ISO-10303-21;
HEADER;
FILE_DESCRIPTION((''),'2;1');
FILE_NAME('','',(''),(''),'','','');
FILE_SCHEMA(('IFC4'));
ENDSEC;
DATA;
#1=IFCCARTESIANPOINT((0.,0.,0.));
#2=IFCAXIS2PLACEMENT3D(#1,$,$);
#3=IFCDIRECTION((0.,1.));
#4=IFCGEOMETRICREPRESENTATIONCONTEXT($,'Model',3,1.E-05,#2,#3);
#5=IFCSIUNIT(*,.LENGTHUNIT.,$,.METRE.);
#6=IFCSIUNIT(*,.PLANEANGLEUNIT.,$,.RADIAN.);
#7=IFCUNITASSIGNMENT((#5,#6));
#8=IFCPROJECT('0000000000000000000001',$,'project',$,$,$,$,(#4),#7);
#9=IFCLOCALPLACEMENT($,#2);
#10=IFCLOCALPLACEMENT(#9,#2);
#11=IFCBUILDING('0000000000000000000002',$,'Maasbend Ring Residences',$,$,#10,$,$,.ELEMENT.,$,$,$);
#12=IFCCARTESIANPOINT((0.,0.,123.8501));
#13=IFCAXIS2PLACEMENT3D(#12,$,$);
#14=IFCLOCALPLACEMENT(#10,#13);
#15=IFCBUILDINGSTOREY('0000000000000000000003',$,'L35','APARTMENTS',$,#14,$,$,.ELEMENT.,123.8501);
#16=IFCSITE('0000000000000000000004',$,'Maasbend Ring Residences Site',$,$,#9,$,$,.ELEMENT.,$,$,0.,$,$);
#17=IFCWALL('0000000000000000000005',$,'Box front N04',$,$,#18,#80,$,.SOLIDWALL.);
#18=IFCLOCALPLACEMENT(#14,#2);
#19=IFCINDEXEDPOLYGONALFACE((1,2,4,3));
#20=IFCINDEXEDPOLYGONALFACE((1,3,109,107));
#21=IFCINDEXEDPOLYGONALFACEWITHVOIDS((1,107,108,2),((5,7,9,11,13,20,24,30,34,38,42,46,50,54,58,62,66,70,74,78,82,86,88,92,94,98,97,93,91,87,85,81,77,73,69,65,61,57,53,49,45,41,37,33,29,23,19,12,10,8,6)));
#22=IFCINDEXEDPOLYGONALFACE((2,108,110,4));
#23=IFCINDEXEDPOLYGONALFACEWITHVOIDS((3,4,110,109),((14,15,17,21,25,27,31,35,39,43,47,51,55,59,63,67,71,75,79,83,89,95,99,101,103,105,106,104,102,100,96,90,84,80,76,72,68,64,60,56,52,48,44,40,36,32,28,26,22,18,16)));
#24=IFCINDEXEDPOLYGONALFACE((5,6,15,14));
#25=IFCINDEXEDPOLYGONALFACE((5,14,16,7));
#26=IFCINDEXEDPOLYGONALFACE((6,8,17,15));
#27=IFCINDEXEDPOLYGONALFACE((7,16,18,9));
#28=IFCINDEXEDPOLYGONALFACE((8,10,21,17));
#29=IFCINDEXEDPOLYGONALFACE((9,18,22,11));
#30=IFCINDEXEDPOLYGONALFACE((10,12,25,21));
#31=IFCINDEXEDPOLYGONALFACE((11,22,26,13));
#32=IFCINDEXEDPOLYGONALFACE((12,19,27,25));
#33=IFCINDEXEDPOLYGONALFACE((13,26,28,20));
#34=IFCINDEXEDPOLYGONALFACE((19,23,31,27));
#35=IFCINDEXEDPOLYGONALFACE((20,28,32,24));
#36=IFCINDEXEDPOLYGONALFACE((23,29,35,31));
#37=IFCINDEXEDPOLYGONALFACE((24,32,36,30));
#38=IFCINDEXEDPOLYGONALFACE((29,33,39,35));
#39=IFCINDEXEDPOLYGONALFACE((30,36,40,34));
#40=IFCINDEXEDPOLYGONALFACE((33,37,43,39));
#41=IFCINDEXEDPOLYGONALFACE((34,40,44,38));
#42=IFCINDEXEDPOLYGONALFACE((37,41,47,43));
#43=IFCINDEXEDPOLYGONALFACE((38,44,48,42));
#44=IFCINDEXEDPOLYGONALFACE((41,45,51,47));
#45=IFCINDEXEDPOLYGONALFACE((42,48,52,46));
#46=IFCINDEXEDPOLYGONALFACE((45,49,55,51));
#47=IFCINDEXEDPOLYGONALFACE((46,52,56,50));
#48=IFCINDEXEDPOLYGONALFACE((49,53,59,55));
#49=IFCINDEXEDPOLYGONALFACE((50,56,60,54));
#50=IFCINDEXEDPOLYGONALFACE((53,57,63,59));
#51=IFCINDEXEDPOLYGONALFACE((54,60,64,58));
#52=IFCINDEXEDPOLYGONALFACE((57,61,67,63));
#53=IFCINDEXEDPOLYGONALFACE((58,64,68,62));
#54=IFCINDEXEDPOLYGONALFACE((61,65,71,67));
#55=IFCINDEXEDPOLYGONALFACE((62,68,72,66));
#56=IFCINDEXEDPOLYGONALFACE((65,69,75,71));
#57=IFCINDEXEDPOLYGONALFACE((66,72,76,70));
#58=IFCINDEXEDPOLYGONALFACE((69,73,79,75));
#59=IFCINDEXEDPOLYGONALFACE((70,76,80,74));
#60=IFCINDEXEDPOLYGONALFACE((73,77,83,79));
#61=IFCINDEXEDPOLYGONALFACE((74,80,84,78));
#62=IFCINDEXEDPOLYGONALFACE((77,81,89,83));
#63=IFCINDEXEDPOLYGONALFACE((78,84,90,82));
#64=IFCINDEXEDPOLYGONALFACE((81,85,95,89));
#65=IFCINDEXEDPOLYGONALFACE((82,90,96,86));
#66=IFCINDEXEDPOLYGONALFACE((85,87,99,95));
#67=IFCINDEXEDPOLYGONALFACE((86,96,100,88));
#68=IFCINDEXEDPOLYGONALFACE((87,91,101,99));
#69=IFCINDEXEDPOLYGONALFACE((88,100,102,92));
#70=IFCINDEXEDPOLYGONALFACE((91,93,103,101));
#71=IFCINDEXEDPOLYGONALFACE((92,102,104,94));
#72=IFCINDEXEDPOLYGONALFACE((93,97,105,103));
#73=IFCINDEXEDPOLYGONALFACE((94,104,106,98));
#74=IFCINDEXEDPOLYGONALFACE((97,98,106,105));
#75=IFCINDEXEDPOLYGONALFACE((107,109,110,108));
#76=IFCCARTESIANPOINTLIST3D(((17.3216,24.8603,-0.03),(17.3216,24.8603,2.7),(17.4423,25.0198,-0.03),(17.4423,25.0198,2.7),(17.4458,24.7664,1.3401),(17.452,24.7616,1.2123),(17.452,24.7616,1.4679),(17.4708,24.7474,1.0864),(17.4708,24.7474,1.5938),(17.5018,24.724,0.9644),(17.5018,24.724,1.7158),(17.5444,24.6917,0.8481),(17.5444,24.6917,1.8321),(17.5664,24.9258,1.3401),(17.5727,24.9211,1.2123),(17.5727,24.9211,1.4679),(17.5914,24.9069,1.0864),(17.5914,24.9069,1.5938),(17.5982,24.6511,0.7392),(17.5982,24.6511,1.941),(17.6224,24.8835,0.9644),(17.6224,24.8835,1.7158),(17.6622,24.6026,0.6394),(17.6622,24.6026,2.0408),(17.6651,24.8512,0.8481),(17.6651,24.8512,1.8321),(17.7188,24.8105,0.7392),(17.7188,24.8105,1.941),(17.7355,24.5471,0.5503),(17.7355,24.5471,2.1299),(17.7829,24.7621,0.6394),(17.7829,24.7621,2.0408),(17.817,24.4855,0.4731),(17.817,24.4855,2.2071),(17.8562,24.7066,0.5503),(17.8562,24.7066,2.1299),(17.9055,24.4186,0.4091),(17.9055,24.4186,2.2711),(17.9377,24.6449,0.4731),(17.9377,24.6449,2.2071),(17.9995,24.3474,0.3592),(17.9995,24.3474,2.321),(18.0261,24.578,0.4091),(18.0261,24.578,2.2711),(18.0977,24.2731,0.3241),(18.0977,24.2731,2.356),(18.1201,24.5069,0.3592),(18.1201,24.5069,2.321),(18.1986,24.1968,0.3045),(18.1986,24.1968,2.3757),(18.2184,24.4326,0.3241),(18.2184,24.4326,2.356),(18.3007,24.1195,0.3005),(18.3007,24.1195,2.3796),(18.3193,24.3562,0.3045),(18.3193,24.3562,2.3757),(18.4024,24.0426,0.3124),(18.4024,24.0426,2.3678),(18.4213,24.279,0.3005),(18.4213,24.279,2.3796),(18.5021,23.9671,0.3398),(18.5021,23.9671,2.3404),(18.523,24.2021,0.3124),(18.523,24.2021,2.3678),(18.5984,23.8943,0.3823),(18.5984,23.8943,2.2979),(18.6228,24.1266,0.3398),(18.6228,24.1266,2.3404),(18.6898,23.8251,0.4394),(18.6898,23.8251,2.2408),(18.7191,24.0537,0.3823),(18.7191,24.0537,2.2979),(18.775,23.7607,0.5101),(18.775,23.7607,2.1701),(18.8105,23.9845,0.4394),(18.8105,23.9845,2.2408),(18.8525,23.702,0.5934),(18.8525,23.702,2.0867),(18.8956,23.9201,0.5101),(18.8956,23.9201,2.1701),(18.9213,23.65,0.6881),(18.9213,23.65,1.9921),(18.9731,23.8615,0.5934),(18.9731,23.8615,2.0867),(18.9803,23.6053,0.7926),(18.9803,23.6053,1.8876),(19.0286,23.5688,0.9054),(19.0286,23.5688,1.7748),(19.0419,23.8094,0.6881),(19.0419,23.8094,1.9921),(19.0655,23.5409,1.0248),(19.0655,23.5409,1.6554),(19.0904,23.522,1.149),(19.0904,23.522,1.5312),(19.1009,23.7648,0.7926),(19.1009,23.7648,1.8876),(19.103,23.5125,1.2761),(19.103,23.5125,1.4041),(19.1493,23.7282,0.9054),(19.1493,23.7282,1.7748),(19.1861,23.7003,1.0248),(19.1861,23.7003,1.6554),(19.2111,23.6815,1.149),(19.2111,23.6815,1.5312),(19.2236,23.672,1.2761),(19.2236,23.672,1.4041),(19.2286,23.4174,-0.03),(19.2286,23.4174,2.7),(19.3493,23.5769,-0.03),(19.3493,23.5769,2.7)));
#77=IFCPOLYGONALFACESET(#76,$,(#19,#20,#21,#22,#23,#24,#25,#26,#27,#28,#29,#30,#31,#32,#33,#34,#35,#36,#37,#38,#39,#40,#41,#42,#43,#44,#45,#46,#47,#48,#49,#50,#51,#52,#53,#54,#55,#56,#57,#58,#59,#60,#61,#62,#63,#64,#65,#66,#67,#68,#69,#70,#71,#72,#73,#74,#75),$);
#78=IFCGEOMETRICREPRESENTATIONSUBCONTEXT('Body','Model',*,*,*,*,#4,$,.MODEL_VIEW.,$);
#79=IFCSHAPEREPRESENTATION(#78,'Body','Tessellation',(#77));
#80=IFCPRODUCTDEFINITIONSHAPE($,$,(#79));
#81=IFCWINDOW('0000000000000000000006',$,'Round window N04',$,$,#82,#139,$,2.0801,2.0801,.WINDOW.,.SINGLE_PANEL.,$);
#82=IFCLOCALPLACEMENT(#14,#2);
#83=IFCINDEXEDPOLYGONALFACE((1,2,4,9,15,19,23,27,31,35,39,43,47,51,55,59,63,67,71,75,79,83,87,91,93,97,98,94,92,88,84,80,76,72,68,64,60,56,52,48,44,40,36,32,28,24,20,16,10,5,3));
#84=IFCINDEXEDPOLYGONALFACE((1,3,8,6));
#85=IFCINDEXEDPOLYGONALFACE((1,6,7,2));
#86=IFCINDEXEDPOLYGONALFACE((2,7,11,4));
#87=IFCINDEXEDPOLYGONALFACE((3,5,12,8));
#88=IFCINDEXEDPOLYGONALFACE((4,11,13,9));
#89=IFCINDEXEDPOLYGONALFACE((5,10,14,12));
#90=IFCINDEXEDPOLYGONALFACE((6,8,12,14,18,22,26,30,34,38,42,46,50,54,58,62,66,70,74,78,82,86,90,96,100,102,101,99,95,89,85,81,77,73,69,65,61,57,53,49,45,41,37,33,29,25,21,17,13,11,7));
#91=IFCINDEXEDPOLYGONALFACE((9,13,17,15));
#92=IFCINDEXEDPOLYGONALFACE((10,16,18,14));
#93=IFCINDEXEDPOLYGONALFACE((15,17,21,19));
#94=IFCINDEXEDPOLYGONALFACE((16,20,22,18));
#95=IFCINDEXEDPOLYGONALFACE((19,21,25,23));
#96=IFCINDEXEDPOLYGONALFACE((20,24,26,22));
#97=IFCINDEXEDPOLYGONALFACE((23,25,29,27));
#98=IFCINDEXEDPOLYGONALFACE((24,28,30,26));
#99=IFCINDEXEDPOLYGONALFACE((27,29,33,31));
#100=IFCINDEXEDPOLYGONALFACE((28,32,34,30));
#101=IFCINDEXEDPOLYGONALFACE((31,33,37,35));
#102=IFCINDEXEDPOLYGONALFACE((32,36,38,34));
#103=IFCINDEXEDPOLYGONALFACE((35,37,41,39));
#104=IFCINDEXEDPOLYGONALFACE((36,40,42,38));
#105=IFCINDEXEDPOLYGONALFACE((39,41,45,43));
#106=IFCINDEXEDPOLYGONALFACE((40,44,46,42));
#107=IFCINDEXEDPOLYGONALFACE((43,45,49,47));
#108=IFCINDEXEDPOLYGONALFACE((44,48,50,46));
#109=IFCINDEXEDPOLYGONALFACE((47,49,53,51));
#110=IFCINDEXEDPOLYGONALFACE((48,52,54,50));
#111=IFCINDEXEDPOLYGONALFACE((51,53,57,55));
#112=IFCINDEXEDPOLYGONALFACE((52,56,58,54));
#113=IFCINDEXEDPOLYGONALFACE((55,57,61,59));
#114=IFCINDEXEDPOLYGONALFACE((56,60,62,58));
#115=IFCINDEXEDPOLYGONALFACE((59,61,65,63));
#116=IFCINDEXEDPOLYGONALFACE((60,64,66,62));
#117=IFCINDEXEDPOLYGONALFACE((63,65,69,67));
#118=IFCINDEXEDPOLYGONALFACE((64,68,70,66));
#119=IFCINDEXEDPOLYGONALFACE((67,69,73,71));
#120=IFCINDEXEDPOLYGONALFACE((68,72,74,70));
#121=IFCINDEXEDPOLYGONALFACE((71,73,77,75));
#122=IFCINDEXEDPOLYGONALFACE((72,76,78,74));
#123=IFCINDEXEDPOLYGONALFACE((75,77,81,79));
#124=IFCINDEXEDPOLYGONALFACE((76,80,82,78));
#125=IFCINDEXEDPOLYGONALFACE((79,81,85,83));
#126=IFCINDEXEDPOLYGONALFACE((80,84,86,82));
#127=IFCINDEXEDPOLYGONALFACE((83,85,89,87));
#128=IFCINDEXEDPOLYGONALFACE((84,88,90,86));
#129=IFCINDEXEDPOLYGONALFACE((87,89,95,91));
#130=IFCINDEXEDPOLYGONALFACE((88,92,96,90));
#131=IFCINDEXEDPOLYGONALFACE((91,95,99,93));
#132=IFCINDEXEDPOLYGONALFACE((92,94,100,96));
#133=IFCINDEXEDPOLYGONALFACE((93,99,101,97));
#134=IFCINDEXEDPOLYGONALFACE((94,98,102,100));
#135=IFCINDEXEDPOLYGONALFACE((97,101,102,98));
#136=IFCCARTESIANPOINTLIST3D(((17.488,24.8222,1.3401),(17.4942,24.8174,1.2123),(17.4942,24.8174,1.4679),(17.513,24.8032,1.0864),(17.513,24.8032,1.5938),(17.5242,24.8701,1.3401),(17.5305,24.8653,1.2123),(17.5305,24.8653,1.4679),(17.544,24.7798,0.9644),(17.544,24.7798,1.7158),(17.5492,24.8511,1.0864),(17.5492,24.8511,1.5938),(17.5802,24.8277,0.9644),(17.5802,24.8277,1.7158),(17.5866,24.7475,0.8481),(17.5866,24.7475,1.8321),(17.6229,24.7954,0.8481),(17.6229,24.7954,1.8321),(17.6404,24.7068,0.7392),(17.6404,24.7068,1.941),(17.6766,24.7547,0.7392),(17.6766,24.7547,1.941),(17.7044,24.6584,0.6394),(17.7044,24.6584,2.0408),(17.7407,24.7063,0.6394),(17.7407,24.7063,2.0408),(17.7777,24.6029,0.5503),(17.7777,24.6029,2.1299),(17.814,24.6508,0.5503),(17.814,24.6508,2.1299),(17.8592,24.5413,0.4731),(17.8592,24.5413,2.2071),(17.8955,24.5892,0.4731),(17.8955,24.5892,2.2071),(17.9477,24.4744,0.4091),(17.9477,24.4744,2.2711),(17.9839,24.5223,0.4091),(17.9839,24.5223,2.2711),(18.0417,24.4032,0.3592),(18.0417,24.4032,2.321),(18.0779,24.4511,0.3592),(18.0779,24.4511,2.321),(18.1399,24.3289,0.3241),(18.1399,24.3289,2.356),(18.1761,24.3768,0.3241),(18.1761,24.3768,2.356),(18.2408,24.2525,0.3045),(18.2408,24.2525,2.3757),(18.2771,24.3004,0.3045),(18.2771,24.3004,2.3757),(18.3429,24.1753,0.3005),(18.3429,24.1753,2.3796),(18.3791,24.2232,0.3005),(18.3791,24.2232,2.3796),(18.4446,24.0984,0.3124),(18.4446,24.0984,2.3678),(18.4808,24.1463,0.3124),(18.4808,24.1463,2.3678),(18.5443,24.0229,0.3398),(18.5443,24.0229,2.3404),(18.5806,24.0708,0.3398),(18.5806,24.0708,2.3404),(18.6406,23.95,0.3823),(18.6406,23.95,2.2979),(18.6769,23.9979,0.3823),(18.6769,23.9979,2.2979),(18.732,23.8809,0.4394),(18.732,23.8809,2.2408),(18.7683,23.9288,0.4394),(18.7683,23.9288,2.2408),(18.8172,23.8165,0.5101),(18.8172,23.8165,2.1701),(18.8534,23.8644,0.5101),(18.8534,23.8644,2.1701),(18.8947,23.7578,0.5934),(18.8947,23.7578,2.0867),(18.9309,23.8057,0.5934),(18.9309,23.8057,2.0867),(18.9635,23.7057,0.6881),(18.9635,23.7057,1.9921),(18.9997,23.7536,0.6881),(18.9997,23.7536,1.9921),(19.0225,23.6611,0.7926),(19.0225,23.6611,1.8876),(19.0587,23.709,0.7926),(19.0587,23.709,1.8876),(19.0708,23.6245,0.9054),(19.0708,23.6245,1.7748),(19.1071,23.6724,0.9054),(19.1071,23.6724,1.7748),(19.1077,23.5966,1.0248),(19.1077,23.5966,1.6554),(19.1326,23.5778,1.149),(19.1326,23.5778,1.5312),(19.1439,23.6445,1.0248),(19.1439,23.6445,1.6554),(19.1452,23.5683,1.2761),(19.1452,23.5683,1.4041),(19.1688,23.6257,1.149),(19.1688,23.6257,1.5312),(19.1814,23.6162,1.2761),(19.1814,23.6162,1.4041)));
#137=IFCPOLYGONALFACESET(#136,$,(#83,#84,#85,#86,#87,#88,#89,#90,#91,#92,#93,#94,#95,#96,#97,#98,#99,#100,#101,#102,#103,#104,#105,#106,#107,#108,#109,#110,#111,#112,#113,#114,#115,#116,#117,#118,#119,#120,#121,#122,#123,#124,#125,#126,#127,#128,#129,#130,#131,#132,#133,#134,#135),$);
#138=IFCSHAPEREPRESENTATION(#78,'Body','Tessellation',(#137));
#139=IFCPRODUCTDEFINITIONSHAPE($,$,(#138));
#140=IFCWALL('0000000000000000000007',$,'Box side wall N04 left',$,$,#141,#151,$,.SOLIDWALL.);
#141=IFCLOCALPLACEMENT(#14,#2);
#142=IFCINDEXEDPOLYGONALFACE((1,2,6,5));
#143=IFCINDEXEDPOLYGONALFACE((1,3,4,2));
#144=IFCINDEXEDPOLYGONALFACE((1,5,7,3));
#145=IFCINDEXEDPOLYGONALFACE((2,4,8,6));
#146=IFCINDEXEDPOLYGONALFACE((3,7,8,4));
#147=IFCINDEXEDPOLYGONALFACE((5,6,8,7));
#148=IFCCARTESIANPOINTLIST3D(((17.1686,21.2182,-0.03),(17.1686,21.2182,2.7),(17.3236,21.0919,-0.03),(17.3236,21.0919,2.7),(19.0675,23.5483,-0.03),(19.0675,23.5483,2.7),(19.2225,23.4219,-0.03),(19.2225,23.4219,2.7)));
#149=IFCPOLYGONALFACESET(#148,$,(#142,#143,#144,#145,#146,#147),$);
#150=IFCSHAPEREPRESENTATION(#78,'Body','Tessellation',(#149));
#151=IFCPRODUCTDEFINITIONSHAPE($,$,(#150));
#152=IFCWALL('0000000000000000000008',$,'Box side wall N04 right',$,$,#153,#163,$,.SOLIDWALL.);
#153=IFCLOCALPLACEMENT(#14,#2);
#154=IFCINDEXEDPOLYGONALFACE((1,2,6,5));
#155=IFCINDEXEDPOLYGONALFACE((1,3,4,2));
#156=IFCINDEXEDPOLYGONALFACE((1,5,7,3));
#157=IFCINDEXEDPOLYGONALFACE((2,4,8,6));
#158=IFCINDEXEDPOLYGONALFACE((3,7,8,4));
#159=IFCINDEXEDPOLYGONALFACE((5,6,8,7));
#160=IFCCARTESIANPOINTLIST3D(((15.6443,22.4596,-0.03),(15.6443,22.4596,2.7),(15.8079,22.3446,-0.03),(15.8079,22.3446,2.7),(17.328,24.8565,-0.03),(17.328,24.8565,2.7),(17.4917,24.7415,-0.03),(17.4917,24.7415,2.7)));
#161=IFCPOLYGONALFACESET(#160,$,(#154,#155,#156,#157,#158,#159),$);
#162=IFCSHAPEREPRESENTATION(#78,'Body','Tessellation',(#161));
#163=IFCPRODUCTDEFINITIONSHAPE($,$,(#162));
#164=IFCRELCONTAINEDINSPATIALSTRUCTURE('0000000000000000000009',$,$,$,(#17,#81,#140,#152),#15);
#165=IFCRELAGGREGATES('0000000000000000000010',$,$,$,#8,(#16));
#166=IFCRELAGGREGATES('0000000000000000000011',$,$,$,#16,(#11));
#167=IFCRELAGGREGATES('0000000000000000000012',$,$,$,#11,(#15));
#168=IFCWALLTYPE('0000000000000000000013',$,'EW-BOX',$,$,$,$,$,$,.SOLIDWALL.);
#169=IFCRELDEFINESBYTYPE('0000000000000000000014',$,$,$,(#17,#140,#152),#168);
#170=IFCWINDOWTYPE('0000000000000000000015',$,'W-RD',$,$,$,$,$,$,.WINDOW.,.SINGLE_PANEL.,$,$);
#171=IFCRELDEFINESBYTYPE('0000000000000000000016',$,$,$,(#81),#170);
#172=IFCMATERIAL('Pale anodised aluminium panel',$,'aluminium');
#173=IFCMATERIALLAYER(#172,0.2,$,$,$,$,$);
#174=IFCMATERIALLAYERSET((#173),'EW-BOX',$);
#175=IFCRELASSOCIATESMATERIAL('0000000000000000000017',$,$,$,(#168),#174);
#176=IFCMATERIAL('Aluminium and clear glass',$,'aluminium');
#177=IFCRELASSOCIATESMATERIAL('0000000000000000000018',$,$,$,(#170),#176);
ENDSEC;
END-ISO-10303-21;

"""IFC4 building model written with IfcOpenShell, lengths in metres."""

from ifc_helpers import new_model, si_unit, direction, frame, frame_2d, origin, place, context, subcontext, project, spatial, rectangle, circle, extrude, material, layer, layer_set, type_object, element, fill, save


model = new_model("IFC4")

# Units and contexts
model_context = context("Model", 3, precision=1e-05, world=origin(), true_north=direction((0.0, 1.0)))
body_context = subcontext(model_context, "Body", "Model", "MODEL_VIEW")
ifc_project = project(units=[si_unit("LENGTHUNIT", "METRE"), si_unit("PLANEANGLEUNIT", "RADIAN")], contexts=[model_context])

# Site, building, storey
site_placement = place(None, origin())
site = spatial("IfcSite", under=ifc_project, at=site_placement, Name="Maasbend Ring Residences Site", CompositionType="ELEMENT", RefElevation=0.0)
building_placement = place(site_placement, origin())
building = spatial("IfcBuilding", under=site, at=building_placement, Name="Maasbend Ring Residences", CompositionType="ELEMENT")
storey_placement = place(building_placement, frame((0.0, 0.0, 123.8501)))
storey = spatial("IfcBuildingStorey", under=building, at=storey_placement, Name="L35", Description="APARTMENTS", CompositionType="ELEMENT", Elevation=123.8501)

# Shared definitions
ifc_material_1 = material(Name="Pale anodised aluminium panel", Category="aluminium")
ifc_layer_1 = layer(ifc_material_1, 0.2)
ifc_layer_set_1 = layer_set([ifc_layer_1], Name="EW-BOX")
wall_type_1 = type_object("IfcWallType", Name="EW-BOX", PredefinedType="SOLIDWALL", material=ifc_layer_set_1)
ifc_material_2 = material(Name="Aluminium and clear glass", Category="aluminium")
window_type_1 = type_object("IfcWindowType", Name="W-RD", PartitioningType="SINGLE_PANEL", PredefinedType="WINDOW", material=ifc_material_2)

# Wall, opening, window
wall_1_placement = place(storey_placement, frame((19.2891, 23.4971, -0.03), z_axis=(0.0, 0.0, 1.0), x_axis=(-0.797457, 0.603376, 0.0)))
wall_1 = element("IfcWall", 1, at=wall_1_placement, inside=storey, type_object=wall_type_1, Name="Box front N04", PredefinedType="SOLIDWALL", context=body_context, shape_type="SweptSolid", body=[
    extrude(rectangle(XDim=2.3914, YDim=0.2, at=frame_2d((1.1958, 0.0))), origin(), (0.0, 0.0, 1.0), 2.73),
])
opening_1_placement = place(wall_1_placement, frame((0.1558, 0.0, 0.3301)))
opening_1 = element("IfcOpeningElement", 2, at=opening_1_placement, cuts=wall_1, PredefinedType="OPENING", context=body_context, shape_type="SweptSolid", body=[
    extrude(circle(Radius=1.04, at=frame_2d((1.04, 1.04))), frame((0.0, 0.1099, 0.0), z_axis=(0.0, -1.0, 0.0), x_axis=(1.0, 0.0, 0.0)), (0.0, 0.0, 1.0), 0.22),
])
window_1_placement = place(opening_1_placement, origin())
window_1 = element("IfcWindow", 3, at=window_1_placement, inside=storey, type_object=window_type_1, Name="Round window N04", OverallHeight=2.0801, OverallWidth=2.0801, PartitioningType="SINGLE_PANEL", PredefinedType="WINDOW", context=body_context, shape_type="SweptSolid", body=[
    extrude(circle(Radius=1.04, at=frame_2d((1.04, 1.04))), frame((0.0, 0.03, 0.0), z_axis=(0.0, -1.0, 0.0), x_axis=(1.0, 0.0, 0.0)), (0.0, 0.0, 1.0), 0.0601),
])
fill(opening_1, window_1)

# Walls
wall_2_placement = place(storey_placement, frame((17.2461, 21.155, -0.03), z_axis=(0.0, 0.0, 1.0), x_axis=(0.631742, 0.775179, 0.0)))
element("IfcWall", 4, at=wall_2_placement, inside=storey, type_object=wall_type_1, Name="Box side wall N04 left", PredefinedType="SOLIDWALL", context=body_context, shape_type="SweptSolid", body=[
    extrude(rectangle(XDim=3.0059, YDim=0.2, at=frame_2d((1.5029, 0.0))), origin(), (0.0, 0.0, 1.0), 2.73),
])
wall_3_placement = place(storey_placement, frame((15.7261, 22.4021, -0.03), z_axis=(0.0, 0.0, 1.0), x_axis=(0.574826, 0.818275, 0.0)))
element("IfcWall", 5, at=wall_3_placement, inside=storey, type_object=wall_type_1, Name="Box side wall N04 right", PredefinedType="SOLIDWALL", context=body_context, shape_type="SweptSolid", body=[
    extrude(rectangle(XDim=2.9292, YDim=0.2, at=frame_2d((1.4646, 0.0))), origin(), (0.0, 0.0, 1.0), 2.73),
])

save(model, "model.ifc")
